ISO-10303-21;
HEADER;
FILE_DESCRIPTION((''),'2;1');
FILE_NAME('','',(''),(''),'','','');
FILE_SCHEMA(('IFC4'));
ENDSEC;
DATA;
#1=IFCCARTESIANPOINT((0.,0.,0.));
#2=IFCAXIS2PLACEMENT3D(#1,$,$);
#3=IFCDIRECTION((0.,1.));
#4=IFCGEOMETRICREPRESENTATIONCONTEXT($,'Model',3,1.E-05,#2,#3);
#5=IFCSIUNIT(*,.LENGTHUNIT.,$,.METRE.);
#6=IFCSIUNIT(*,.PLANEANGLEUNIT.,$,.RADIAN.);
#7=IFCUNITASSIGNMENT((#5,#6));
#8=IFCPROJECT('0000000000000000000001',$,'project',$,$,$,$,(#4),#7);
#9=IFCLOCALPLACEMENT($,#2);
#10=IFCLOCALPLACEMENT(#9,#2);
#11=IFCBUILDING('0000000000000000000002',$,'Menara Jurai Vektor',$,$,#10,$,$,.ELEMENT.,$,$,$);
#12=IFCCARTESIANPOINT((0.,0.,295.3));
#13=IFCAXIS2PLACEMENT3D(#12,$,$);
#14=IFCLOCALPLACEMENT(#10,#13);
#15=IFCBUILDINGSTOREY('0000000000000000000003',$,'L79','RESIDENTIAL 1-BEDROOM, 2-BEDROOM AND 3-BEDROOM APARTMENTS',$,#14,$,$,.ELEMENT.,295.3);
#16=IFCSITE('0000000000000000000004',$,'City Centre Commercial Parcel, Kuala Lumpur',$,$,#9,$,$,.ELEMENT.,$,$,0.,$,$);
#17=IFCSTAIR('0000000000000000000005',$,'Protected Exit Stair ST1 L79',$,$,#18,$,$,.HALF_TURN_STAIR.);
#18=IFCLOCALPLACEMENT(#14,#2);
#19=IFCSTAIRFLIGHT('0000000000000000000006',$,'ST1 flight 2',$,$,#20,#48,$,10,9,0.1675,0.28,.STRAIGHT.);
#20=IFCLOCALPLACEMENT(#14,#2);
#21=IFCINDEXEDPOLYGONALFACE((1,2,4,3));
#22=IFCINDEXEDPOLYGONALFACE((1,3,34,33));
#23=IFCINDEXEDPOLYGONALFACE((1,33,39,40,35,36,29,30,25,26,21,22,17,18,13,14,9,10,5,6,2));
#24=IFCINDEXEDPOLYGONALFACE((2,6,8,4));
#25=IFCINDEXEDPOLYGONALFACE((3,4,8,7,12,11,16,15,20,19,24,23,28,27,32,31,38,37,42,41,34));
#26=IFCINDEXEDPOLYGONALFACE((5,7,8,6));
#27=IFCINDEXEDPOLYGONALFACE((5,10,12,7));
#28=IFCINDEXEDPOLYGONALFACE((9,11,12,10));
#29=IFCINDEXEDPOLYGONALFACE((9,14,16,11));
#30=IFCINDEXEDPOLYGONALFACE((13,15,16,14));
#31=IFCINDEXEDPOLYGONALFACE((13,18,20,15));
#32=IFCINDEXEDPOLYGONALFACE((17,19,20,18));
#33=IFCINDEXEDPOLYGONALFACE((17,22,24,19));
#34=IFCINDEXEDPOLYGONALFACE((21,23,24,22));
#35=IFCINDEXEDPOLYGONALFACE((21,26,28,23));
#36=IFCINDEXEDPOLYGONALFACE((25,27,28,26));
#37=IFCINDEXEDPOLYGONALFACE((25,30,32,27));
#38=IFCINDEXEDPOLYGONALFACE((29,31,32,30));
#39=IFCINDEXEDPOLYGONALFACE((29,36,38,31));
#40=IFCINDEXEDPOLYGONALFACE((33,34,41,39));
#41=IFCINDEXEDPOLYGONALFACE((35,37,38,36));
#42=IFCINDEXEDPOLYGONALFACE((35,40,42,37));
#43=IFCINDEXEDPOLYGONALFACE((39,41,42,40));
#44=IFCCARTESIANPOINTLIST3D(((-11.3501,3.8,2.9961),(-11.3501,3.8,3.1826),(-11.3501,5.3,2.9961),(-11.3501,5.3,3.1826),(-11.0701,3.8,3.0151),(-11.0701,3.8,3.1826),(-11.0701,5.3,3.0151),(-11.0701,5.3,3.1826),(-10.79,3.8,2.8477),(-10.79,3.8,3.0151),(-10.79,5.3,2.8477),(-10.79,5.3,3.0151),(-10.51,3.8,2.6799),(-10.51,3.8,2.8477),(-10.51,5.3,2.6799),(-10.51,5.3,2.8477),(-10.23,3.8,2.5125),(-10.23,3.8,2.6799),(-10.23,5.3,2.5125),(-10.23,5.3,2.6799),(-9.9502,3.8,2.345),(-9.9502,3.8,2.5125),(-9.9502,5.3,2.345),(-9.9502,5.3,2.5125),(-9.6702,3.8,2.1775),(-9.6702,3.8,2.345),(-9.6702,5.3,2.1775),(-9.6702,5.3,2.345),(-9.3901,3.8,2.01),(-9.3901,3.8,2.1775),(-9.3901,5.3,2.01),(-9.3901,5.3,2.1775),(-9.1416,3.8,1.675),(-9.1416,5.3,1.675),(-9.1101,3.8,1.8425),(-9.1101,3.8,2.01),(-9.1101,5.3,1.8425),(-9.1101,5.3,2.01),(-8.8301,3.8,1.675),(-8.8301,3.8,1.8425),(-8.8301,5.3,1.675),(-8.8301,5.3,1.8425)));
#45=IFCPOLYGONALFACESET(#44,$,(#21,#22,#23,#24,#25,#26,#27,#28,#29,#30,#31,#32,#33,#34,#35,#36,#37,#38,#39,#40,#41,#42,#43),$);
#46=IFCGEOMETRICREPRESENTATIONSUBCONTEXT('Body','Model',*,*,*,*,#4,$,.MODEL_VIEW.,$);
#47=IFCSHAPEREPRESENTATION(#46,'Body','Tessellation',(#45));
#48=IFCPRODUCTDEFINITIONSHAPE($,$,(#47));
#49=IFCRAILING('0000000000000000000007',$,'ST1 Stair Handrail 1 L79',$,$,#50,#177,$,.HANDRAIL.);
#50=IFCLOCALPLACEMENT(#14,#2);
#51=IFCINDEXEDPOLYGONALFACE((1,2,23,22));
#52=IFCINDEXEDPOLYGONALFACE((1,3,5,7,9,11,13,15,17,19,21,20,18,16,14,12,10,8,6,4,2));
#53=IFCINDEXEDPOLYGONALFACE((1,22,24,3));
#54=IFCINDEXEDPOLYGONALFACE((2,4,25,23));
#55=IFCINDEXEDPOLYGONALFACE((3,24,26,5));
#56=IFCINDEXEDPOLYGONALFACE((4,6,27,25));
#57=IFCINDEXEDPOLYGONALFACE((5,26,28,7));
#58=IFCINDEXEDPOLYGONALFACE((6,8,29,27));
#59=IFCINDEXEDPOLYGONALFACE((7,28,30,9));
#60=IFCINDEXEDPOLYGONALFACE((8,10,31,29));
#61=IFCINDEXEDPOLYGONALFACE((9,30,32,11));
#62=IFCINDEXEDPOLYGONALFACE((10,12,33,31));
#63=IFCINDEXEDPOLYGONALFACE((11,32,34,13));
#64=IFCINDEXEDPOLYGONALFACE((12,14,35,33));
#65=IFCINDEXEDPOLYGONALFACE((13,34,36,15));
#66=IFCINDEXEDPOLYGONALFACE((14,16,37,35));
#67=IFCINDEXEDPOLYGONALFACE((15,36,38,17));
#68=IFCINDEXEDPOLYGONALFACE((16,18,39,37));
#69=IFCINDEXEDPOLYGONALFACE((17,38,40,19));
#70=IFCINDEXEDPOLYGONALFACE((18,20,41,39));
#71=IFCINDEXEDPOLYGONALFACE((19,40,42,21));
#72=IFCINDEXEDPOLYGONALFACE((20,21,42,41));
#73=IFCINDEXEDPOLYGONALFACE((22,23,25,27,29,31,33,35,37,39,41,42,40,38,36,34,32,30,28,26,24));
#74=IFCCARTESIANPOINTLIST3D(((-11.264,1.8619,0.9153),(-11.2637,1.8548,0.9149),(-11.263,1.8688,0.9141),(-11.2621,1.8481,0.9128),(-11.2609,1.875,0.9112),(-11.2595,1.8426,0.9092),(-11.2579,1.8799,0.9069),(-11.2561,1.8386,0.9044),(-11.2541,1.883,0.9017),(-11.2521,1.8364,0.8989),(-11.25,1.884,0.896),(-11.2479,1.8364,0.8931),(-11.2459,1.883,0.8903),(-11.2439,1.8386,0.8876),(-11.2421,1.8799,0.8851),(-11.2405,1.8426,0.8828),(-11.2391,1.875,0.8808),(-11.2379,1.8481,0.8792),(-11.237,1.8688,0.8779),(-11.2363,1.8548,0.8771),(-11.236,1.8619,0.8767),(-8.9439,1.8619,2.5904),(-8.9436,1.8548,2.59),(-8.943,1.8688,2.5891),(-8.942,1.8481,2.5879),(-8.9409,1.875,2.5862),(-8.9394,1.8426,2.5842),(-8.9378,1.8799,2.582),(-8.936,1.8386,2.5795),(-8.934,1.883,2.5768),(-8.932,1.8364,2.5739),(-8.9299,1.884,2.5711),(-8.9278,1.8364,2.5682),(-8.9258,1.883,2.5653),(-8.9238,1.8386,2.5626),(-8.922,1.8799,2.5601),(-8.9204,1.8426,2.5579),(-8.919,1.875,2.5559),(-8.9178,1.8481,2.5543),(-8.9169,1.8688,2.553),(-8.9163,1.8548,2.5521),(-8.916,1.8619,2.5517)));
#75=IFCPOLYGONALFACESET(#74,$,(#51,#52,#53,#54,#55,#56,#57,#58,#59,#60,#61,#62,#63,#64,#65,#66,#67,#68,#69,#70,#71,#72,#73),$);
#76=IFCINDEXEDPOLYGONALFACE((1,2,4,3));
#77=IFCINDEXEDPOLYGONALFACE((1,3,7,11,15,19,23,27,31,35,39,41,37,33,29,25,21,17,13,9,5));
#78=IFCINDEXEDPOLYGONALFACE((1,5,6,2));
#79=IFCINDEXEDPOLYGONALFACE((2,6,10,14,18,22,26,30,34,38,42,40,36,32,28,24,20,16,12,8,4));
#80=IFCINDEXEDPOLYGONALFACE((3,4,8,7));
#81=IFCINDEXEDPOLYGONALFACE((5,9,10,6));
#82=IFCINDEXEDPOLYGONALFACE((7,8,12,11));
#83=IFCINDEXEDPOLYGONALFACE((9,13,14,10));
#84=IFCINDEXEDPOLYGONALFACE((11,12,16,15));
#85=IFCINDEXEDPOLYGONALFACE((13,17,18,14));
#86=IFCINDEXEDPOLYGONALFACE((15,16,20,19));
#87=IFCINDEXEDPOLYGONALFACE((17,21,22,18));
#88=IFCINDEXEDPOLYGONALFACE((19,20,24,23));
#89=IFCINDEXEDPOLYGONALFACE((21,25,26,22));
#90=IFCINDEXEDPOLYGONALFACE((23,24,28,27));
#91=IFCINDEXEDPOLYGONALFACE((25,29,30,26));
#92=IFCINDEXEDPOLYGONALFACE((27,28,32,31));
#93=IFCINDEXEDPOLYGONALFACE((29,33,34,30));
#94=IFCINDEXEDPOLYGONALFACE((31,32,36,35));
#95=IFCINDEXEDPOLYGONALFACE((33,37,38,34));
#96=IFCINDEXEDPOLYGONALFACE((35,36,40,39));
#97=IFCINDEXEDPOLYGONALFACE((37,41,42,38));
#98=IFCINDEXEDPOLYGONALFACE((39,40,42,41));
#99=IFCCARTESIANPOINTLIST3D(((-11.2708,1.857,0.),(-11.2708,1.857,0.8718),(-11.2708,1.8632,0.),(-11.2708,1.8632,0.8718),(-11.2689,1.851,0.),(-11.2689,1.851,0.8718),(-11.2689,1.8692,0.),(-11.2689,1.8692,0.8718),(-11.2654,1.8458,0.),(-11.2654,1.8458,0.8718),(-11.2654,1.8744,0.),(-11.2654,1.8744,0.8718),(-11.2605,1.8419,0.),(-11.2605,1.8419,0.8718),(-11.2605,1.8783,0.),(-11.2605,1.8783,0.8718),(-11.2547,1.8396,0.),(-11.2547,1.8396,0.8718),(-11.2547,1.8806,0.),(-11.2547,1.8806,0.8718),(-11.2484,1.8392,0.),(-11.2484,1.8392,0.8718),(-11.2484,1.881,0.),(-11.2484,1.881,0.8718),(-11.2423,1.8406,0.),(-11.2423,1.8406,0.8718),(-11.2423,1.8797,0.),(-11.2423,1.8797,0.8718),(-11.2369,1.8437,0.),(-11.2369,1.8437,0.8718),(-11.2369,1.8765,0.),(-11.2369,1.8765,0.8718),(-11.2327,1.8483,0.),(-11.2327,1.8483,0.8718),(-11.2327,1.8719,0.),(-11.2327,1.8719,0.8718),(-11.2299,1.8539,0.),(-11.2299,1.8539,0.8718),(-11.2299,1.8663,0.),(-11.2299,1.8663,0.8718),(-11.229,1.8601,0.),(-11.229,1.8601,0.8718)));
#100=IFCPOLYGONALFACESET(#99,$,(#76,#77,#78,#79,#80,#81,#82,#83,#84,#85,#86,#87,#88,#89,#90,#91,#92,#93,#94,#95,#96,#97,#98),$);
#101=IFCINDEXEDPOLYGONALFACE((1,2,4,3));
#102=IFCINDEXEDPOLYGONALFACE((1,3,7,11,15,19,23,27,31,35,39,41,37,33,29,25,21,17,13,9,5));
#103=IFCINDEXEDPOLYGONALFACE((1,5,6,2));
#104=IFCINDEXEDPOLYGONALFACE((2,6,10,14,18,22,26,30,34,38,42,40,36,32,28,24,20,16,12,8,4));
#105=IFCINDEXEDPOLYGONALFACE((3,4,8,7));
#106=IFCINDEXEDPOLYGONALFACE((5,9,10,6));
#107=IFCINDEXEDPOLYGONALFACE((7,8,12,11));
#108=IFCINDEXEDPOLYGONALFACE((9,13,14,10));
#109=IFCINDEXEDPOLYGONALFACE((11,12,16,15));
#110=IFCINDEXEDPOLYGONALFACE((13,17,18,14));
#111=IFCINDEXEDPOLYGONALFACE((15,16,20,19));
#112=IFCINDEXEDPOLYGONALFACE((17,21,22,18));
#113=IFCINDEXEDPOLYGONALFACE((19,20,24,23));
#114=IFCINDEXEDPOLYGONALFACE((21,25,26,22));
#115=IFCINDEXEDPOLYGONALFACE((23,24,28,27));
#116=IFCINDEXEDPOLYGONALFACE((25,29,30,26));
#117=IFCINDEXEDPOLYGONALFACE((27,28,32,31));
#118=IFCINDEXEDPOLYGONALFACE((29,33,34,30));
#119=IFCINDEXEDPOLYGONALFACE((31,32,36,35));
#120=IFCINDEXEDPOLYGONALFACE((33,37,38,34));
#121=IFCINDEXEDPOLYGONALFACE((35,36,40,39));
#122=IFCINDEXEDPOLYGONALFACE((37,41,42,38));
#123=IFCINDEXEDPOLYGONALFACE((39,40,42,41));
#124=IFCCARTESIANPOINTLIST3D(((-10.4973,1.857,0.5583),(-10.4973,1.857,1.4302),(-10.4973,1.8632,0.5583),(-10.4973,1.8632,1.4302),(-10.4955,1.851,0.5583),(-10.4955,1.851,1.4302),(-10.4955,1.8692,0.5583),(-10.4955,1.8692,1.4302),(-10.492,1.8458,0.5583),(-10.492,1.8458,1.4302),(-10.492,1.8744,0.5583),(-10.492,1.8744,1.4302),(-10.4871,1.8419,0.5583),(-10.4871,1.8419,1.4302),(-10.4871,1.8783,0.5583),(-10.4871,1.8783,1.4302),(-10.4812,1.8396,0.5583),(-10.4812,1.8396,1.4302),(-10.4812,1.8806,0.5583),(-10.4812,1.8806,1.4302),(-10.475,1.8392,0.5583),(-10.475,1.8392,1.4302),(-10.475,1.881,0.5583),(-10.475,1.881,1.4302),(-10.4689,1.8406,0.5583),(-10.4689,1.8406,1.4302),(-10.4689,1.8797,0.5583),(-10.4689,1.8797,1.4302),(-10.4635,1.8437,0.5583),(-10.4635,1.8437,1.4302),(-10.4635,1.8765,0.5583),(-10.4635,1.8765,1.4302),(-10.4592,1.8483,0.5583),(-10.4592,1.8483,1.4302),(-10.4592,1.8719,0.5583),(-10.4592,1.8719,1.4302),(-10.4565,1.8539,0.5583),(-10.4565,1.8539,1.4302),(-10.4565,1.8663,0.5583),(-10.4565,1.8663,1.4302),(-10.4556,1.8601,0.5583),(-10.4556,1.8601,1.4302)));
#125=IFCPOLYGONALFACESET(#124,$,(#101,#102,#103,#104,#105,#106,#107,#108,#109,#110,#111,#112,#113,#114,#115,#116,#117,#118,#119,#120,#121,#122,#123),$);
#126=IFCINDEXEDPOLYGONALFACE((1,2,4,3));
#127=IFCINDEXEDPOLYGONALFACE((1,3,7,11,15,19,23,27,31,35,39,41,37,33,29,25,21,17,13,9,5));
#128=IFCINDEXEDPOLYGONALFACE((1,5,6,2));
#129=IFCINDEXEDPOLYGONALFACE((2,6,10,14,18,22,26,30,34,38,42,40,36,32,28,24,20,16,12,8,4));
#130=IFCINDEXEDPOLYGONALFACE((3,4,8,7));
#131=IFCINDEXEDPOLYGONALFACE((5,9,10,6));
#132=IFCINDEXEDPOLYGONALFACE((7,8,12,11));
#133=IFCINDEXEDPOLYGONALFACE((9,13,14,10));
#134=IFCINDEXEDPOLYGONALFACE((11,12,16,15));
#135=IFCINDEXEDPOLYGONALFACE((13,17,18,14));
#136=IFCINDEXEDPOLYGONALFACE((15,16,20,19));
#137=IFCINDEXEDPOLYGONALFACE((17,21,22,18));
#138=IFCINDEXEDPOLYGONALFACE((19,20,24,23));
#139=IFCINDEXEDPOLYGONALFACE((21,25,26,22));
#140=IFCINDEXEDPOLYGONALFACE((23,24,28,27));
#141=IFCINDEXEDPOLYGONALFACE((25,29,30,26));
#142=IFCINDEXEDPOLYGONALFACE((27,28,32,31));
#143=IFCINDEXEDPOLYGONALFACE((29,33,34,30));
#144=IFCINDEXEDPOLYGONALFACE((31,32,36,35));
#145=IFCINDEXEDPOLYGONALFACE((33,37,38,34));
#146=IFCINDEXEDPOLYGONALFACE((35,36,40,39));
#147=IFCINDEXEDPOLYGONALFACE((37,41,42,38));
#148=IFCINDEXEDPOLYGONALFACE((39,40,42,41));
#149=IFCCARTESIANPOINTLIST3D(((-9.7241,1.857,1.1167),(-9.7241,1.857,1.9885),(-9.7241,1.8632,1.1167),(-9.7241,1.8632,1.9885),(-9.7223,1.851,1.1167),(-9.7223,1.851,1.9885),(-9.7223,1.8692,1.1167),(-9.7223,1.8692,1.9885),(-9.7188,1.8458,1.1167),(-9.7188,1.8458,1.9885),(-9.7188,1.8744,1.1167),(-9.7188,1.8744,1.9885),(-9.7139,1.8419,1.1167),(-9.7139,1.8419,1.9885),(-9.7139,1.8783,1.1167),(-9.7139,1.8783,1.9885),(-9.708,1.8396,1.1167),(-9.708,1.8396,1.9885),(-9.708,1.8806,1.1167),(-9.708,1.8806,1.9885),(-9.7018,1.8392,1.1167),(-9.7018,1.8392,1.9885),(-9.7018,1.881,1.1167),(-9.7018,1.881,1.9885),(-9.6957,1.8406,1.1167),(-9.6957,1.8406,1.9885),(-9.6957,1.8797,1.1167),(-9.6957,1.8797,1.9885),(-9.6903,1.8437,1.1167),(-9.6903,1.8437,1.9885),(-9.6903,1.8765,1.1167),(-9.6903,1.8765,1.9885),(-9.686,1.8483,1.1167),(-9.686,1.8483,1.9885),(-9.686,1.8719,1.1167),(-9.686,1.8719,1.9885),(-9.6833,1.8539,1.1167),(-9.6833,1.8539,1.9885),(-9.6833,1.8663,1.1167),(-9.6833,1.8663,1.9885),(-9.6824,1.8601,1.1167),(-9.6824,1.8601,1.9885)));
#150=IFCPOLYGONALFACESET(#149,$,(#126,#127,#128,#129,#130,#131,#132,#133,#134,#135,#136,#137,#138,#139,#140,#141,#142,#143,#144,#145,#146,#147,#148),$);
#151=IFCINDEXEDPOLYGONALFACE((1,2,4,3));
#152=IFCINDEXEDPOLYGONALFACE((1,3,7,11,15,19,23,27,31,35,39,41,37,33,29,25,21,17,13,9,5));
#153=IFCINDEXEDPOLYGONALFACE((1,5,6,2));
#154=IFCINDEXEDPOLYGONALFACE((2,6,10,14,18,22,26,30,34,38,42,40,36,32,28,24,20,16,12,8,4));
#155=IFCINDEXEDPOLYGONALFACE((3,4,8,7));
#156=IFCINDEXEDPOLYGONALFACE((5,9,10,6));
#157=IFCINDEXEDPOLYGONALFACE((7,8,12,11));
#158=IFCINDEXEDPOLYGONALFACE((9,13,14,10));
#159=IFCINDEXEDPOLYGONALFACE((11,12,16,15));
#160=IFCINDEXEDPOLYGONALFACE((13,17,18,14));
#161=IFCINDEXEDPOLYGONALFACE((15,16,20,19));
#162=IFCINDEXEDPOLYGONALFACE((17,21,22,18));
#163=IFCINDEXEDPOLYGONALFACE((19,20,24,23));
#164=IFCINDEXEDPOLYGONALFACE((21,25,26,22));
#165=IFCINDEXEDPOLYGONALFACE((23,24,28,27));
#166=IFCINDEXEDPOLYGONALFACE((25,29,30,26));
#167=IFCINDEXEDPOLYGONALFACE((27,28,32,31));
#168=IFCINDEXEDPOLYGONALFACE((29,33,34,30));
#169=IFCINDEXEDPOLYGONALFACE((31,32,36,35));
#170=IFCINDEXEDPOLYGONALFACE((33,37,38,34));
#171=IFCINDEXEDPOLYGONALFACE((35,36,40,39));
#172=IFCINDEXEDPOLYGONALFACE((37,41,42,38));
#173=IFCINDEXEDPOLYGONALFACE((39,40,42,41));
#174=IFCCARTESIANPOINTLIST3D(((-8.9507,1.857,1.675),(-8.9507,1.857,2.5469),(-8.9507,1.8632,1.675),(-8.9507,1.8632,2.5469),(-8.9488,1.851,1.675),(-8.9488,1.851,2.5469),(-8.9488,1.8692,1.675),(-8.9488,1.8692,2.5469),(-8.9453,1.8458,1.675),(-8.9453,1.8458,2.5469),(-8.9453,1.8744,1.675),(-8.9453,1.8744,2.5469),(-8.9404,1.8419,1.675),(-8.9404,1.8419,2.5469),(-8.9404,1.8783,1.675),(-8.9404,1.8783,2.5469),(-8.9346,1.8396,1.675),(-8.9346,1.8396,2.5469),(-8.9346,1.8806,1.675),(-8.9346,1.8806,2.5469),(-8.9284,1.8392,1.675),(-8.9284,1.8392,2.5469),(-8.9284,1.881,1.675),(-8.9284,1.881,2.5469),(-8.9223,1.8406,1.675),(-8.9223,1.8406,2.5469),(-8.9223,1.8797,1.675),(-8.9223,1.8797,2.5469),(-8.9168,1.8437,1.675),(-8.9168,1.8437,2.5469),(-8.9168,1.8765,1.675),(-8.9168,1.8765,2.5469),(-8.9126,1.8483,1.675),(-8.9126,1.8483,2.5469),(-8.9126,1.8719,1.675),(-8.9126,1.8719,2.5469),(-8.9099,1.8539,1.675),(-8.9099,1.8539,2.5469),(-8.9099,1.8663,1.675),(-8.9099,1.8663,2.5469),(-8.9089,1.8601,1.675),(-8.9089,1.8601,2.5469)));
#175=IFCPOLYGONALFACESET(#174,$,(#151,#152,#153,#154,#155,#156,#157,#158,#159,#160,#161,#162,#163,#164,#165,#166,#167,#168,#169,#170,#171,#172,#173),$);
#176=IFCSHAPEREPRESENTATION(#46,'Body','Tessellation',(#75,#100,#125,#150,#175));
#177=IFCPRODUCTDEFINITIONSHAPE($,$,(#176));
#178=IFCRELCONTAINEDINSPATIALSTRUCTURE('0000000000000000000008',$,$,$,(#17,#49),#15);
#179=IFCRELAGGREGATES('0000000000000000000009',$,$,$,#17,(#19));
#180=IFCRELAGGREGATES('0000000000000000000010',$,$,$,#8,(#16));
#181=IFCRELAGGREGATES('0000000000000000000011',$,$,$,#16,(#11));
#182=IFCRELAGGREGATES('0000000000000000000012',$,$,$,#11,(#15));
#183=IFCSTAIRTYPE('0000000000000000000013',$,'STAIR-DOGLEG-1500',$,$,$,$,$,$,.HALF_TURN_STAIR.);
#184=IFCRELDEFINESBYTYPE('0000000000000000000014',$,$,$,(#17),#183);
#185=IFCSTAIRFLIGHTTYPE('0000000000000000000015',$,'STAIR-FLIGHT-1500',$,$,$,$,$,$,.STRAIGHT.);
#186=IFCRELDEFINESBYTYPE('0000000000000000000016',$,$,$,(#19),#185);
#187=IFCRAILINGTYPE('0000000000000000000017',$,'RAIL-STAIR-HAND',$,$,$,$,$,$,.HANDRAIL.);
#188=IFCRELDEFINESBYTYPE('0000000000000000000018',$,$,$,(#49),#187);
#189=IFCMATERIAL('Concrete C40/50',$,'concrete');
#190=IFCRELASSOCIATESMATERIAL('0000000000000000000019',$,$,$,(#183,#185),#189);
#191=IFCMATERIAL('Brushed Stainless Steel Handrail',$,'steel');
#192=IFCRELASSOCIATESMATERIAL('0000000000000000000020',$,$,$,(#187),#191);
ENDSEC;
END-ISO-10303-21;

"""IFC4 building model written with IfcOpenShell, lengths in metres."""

from ifc_helpers import new_model, si_unit, direction, frame, origin, origin_2d, place, context, subcontext, project, spatial, polyline, circle, outline, extrude, material, type_object, element, aggregate, save


model = new_model("IFC4")

# Units and contexts
model_context = context("Model", 3, precision=1e-05, world=origin(), true_north=direction((0.0, 1.0)))
body_context = subcontext(model_context, "Body", "Model", "MODEL_VIEW")
ifc_project = project(units=[si_unit("LENGTHUNIT", "METRE"), si_unit("PLANEANGLEUNIT", "RADIAN")], contexts=[model_context])

# Site, building, storey
site_placement = place(None, origin())
site = spatial("IfcSite", under=ifc_project, at=site_placement, Name="City Centre Commercial Parcel, Kuala Lumpur", CompositionType="ELEMENT", RefElevation=0.0)
building_placement = place(site_placement, origin())
building = spatial("IfcBuilding", under=site, at=building_placement, Name="Menara Jurai Vektor", CompositionType="ELEMENT")
storey_placement = place(building_placement, frame((0.0, 0.0, 295.3)))
storey = spatial("IfcBuildingStorey", under=building, at=storey_placement, Name="L79", Description="RESIDENTIAL 1-BEDROOM, 2-BEDROOM AND 3-BEDROOM APARTMENTS", CompositionType="ELEMENT", Elevation=295.3)

# Shared definitions
ifc_material_1 = material(Name="Concrete C40/50", Category="concrete")

# Stair, stair flight
stair_type = type_object("IfcStairType", Name="STAIR-DOGLEG-1500", PredefinedType="HALF_TURN_STAIR", material=ifc_material_1)
stair_placement = place(storey_placement, origin())
stair = element("IfcStair", 1, at=stair_placement, inside=storey, type_object=stair_type, Name="Protected Exit Stair ST1 L79", PredefinedType="HALF_TURN_STAIR")
stair_flight_type = type_object("IfcStairFlightType", Name="STAIR-FLIGHT-1500", PredefinedType="STRAIGHT", material=ifc_material_1)
stair_flight_1_placement = place(storey_placement, frame((-8.8301, 4.55, 1.675), z_axis=(0.0, 0.0, 1.0), x_axis=(-1.0, 0.0, 0.0)))
stair_flight_1 = element("IfcStairFlight", 2, at=stair_flight_1_placement, type_object=stair_flight_type, Name="ST1 flight 2", NumberOfRisers=10, NumberOfTreads=9, PredefinedType="STRAIGHT", RiserHeight=0.1675, TreadLength=0.28, context=body_context, shape_type="SweptSolid", body=[
    extrude(outline(polyline([(0.0, 0.0), (0.0, 0.1675), (0.28, 0.1675), (0.28, 0.335), (0.5601, 0.335), (0.5601, 0.5024), (0.8401, 0.5024), (0.8401, 0.6699), (1.1201, 0.6699), (1.1201, 0.8374), (1.3999, 0.8374), (1.3999, 1.0049), (1.6799, 1.0049), (1.6799, 1.1726), (1.96, 1.1726), (1.96, 1.3401), (2.24, 1.3401), (2.24, 1.5076), (2.52, 1.5076), (2.52, 1.675), (2.52, 1.321), (0.3115, 0.0), (0.0, 0.0)])), frame((0.0, 0.75, 0.0), z_axis=(0.0, -1.0, 0.0), x_axis=(1.0, 0.0, 0.0)), (0.0, 0.0, 1.0), 1.5),
])
aggregate(stair, [stair_flight_1])

# Railing
ifc_material_2 = material(Name="Brushed Stainless Steel Handrail", Category="steel")
railing_type_1 = type_object("IfcRailingType", Name="RAIL-STAIR-HAND", PredefinedType="HANDRAIL", material=ifc_material_2)
railing_1_placement = place(storey_placement, frame((-11.25, 1.8601, 0.0)))
element("IfcRailing", 3, at=railing_1_placement, inside=storey, type_object=railing_type_1, Name="ST1 Stair Handrail 1 L79", PredefinedType="HANDRAIL", context=body_context, shape_type="SweptSolid", body=[
    extrude(circle(Radius=0.0239, at=origin_2d()), frame((0.0, 0.0, 0.896), z_axis=(0.810771, 0.0, 0.585363), x_axis=(0.0, 1.0, 0.0)), (0.0, 0.0, 1.0), 2.8616),
    extrude(circle(Radius=0.021, at=origin_2d()), origin(), (0.0, 0.0, 1.0), 0.8718),
    extrude(circle(Radius=0.021, at=origin_2d()), frame((0.7734, 0.0, 0.5583)), (0.0, 0.0, 1.0), 0.8718),
    extrude(circle(Radius=0.021, at=origin_2d()), frame((1.5466, 0.0, 1.1167)), (0.0, 0.0, 1.0), 0.8718),
    extrude(circle(Radius=0.021, at=origin_2d()), frame((2.3201, 0.0, 1.675)), (0.0, 0.0, 1.0), 0.8718),
])

save(model, "model.ifc")
